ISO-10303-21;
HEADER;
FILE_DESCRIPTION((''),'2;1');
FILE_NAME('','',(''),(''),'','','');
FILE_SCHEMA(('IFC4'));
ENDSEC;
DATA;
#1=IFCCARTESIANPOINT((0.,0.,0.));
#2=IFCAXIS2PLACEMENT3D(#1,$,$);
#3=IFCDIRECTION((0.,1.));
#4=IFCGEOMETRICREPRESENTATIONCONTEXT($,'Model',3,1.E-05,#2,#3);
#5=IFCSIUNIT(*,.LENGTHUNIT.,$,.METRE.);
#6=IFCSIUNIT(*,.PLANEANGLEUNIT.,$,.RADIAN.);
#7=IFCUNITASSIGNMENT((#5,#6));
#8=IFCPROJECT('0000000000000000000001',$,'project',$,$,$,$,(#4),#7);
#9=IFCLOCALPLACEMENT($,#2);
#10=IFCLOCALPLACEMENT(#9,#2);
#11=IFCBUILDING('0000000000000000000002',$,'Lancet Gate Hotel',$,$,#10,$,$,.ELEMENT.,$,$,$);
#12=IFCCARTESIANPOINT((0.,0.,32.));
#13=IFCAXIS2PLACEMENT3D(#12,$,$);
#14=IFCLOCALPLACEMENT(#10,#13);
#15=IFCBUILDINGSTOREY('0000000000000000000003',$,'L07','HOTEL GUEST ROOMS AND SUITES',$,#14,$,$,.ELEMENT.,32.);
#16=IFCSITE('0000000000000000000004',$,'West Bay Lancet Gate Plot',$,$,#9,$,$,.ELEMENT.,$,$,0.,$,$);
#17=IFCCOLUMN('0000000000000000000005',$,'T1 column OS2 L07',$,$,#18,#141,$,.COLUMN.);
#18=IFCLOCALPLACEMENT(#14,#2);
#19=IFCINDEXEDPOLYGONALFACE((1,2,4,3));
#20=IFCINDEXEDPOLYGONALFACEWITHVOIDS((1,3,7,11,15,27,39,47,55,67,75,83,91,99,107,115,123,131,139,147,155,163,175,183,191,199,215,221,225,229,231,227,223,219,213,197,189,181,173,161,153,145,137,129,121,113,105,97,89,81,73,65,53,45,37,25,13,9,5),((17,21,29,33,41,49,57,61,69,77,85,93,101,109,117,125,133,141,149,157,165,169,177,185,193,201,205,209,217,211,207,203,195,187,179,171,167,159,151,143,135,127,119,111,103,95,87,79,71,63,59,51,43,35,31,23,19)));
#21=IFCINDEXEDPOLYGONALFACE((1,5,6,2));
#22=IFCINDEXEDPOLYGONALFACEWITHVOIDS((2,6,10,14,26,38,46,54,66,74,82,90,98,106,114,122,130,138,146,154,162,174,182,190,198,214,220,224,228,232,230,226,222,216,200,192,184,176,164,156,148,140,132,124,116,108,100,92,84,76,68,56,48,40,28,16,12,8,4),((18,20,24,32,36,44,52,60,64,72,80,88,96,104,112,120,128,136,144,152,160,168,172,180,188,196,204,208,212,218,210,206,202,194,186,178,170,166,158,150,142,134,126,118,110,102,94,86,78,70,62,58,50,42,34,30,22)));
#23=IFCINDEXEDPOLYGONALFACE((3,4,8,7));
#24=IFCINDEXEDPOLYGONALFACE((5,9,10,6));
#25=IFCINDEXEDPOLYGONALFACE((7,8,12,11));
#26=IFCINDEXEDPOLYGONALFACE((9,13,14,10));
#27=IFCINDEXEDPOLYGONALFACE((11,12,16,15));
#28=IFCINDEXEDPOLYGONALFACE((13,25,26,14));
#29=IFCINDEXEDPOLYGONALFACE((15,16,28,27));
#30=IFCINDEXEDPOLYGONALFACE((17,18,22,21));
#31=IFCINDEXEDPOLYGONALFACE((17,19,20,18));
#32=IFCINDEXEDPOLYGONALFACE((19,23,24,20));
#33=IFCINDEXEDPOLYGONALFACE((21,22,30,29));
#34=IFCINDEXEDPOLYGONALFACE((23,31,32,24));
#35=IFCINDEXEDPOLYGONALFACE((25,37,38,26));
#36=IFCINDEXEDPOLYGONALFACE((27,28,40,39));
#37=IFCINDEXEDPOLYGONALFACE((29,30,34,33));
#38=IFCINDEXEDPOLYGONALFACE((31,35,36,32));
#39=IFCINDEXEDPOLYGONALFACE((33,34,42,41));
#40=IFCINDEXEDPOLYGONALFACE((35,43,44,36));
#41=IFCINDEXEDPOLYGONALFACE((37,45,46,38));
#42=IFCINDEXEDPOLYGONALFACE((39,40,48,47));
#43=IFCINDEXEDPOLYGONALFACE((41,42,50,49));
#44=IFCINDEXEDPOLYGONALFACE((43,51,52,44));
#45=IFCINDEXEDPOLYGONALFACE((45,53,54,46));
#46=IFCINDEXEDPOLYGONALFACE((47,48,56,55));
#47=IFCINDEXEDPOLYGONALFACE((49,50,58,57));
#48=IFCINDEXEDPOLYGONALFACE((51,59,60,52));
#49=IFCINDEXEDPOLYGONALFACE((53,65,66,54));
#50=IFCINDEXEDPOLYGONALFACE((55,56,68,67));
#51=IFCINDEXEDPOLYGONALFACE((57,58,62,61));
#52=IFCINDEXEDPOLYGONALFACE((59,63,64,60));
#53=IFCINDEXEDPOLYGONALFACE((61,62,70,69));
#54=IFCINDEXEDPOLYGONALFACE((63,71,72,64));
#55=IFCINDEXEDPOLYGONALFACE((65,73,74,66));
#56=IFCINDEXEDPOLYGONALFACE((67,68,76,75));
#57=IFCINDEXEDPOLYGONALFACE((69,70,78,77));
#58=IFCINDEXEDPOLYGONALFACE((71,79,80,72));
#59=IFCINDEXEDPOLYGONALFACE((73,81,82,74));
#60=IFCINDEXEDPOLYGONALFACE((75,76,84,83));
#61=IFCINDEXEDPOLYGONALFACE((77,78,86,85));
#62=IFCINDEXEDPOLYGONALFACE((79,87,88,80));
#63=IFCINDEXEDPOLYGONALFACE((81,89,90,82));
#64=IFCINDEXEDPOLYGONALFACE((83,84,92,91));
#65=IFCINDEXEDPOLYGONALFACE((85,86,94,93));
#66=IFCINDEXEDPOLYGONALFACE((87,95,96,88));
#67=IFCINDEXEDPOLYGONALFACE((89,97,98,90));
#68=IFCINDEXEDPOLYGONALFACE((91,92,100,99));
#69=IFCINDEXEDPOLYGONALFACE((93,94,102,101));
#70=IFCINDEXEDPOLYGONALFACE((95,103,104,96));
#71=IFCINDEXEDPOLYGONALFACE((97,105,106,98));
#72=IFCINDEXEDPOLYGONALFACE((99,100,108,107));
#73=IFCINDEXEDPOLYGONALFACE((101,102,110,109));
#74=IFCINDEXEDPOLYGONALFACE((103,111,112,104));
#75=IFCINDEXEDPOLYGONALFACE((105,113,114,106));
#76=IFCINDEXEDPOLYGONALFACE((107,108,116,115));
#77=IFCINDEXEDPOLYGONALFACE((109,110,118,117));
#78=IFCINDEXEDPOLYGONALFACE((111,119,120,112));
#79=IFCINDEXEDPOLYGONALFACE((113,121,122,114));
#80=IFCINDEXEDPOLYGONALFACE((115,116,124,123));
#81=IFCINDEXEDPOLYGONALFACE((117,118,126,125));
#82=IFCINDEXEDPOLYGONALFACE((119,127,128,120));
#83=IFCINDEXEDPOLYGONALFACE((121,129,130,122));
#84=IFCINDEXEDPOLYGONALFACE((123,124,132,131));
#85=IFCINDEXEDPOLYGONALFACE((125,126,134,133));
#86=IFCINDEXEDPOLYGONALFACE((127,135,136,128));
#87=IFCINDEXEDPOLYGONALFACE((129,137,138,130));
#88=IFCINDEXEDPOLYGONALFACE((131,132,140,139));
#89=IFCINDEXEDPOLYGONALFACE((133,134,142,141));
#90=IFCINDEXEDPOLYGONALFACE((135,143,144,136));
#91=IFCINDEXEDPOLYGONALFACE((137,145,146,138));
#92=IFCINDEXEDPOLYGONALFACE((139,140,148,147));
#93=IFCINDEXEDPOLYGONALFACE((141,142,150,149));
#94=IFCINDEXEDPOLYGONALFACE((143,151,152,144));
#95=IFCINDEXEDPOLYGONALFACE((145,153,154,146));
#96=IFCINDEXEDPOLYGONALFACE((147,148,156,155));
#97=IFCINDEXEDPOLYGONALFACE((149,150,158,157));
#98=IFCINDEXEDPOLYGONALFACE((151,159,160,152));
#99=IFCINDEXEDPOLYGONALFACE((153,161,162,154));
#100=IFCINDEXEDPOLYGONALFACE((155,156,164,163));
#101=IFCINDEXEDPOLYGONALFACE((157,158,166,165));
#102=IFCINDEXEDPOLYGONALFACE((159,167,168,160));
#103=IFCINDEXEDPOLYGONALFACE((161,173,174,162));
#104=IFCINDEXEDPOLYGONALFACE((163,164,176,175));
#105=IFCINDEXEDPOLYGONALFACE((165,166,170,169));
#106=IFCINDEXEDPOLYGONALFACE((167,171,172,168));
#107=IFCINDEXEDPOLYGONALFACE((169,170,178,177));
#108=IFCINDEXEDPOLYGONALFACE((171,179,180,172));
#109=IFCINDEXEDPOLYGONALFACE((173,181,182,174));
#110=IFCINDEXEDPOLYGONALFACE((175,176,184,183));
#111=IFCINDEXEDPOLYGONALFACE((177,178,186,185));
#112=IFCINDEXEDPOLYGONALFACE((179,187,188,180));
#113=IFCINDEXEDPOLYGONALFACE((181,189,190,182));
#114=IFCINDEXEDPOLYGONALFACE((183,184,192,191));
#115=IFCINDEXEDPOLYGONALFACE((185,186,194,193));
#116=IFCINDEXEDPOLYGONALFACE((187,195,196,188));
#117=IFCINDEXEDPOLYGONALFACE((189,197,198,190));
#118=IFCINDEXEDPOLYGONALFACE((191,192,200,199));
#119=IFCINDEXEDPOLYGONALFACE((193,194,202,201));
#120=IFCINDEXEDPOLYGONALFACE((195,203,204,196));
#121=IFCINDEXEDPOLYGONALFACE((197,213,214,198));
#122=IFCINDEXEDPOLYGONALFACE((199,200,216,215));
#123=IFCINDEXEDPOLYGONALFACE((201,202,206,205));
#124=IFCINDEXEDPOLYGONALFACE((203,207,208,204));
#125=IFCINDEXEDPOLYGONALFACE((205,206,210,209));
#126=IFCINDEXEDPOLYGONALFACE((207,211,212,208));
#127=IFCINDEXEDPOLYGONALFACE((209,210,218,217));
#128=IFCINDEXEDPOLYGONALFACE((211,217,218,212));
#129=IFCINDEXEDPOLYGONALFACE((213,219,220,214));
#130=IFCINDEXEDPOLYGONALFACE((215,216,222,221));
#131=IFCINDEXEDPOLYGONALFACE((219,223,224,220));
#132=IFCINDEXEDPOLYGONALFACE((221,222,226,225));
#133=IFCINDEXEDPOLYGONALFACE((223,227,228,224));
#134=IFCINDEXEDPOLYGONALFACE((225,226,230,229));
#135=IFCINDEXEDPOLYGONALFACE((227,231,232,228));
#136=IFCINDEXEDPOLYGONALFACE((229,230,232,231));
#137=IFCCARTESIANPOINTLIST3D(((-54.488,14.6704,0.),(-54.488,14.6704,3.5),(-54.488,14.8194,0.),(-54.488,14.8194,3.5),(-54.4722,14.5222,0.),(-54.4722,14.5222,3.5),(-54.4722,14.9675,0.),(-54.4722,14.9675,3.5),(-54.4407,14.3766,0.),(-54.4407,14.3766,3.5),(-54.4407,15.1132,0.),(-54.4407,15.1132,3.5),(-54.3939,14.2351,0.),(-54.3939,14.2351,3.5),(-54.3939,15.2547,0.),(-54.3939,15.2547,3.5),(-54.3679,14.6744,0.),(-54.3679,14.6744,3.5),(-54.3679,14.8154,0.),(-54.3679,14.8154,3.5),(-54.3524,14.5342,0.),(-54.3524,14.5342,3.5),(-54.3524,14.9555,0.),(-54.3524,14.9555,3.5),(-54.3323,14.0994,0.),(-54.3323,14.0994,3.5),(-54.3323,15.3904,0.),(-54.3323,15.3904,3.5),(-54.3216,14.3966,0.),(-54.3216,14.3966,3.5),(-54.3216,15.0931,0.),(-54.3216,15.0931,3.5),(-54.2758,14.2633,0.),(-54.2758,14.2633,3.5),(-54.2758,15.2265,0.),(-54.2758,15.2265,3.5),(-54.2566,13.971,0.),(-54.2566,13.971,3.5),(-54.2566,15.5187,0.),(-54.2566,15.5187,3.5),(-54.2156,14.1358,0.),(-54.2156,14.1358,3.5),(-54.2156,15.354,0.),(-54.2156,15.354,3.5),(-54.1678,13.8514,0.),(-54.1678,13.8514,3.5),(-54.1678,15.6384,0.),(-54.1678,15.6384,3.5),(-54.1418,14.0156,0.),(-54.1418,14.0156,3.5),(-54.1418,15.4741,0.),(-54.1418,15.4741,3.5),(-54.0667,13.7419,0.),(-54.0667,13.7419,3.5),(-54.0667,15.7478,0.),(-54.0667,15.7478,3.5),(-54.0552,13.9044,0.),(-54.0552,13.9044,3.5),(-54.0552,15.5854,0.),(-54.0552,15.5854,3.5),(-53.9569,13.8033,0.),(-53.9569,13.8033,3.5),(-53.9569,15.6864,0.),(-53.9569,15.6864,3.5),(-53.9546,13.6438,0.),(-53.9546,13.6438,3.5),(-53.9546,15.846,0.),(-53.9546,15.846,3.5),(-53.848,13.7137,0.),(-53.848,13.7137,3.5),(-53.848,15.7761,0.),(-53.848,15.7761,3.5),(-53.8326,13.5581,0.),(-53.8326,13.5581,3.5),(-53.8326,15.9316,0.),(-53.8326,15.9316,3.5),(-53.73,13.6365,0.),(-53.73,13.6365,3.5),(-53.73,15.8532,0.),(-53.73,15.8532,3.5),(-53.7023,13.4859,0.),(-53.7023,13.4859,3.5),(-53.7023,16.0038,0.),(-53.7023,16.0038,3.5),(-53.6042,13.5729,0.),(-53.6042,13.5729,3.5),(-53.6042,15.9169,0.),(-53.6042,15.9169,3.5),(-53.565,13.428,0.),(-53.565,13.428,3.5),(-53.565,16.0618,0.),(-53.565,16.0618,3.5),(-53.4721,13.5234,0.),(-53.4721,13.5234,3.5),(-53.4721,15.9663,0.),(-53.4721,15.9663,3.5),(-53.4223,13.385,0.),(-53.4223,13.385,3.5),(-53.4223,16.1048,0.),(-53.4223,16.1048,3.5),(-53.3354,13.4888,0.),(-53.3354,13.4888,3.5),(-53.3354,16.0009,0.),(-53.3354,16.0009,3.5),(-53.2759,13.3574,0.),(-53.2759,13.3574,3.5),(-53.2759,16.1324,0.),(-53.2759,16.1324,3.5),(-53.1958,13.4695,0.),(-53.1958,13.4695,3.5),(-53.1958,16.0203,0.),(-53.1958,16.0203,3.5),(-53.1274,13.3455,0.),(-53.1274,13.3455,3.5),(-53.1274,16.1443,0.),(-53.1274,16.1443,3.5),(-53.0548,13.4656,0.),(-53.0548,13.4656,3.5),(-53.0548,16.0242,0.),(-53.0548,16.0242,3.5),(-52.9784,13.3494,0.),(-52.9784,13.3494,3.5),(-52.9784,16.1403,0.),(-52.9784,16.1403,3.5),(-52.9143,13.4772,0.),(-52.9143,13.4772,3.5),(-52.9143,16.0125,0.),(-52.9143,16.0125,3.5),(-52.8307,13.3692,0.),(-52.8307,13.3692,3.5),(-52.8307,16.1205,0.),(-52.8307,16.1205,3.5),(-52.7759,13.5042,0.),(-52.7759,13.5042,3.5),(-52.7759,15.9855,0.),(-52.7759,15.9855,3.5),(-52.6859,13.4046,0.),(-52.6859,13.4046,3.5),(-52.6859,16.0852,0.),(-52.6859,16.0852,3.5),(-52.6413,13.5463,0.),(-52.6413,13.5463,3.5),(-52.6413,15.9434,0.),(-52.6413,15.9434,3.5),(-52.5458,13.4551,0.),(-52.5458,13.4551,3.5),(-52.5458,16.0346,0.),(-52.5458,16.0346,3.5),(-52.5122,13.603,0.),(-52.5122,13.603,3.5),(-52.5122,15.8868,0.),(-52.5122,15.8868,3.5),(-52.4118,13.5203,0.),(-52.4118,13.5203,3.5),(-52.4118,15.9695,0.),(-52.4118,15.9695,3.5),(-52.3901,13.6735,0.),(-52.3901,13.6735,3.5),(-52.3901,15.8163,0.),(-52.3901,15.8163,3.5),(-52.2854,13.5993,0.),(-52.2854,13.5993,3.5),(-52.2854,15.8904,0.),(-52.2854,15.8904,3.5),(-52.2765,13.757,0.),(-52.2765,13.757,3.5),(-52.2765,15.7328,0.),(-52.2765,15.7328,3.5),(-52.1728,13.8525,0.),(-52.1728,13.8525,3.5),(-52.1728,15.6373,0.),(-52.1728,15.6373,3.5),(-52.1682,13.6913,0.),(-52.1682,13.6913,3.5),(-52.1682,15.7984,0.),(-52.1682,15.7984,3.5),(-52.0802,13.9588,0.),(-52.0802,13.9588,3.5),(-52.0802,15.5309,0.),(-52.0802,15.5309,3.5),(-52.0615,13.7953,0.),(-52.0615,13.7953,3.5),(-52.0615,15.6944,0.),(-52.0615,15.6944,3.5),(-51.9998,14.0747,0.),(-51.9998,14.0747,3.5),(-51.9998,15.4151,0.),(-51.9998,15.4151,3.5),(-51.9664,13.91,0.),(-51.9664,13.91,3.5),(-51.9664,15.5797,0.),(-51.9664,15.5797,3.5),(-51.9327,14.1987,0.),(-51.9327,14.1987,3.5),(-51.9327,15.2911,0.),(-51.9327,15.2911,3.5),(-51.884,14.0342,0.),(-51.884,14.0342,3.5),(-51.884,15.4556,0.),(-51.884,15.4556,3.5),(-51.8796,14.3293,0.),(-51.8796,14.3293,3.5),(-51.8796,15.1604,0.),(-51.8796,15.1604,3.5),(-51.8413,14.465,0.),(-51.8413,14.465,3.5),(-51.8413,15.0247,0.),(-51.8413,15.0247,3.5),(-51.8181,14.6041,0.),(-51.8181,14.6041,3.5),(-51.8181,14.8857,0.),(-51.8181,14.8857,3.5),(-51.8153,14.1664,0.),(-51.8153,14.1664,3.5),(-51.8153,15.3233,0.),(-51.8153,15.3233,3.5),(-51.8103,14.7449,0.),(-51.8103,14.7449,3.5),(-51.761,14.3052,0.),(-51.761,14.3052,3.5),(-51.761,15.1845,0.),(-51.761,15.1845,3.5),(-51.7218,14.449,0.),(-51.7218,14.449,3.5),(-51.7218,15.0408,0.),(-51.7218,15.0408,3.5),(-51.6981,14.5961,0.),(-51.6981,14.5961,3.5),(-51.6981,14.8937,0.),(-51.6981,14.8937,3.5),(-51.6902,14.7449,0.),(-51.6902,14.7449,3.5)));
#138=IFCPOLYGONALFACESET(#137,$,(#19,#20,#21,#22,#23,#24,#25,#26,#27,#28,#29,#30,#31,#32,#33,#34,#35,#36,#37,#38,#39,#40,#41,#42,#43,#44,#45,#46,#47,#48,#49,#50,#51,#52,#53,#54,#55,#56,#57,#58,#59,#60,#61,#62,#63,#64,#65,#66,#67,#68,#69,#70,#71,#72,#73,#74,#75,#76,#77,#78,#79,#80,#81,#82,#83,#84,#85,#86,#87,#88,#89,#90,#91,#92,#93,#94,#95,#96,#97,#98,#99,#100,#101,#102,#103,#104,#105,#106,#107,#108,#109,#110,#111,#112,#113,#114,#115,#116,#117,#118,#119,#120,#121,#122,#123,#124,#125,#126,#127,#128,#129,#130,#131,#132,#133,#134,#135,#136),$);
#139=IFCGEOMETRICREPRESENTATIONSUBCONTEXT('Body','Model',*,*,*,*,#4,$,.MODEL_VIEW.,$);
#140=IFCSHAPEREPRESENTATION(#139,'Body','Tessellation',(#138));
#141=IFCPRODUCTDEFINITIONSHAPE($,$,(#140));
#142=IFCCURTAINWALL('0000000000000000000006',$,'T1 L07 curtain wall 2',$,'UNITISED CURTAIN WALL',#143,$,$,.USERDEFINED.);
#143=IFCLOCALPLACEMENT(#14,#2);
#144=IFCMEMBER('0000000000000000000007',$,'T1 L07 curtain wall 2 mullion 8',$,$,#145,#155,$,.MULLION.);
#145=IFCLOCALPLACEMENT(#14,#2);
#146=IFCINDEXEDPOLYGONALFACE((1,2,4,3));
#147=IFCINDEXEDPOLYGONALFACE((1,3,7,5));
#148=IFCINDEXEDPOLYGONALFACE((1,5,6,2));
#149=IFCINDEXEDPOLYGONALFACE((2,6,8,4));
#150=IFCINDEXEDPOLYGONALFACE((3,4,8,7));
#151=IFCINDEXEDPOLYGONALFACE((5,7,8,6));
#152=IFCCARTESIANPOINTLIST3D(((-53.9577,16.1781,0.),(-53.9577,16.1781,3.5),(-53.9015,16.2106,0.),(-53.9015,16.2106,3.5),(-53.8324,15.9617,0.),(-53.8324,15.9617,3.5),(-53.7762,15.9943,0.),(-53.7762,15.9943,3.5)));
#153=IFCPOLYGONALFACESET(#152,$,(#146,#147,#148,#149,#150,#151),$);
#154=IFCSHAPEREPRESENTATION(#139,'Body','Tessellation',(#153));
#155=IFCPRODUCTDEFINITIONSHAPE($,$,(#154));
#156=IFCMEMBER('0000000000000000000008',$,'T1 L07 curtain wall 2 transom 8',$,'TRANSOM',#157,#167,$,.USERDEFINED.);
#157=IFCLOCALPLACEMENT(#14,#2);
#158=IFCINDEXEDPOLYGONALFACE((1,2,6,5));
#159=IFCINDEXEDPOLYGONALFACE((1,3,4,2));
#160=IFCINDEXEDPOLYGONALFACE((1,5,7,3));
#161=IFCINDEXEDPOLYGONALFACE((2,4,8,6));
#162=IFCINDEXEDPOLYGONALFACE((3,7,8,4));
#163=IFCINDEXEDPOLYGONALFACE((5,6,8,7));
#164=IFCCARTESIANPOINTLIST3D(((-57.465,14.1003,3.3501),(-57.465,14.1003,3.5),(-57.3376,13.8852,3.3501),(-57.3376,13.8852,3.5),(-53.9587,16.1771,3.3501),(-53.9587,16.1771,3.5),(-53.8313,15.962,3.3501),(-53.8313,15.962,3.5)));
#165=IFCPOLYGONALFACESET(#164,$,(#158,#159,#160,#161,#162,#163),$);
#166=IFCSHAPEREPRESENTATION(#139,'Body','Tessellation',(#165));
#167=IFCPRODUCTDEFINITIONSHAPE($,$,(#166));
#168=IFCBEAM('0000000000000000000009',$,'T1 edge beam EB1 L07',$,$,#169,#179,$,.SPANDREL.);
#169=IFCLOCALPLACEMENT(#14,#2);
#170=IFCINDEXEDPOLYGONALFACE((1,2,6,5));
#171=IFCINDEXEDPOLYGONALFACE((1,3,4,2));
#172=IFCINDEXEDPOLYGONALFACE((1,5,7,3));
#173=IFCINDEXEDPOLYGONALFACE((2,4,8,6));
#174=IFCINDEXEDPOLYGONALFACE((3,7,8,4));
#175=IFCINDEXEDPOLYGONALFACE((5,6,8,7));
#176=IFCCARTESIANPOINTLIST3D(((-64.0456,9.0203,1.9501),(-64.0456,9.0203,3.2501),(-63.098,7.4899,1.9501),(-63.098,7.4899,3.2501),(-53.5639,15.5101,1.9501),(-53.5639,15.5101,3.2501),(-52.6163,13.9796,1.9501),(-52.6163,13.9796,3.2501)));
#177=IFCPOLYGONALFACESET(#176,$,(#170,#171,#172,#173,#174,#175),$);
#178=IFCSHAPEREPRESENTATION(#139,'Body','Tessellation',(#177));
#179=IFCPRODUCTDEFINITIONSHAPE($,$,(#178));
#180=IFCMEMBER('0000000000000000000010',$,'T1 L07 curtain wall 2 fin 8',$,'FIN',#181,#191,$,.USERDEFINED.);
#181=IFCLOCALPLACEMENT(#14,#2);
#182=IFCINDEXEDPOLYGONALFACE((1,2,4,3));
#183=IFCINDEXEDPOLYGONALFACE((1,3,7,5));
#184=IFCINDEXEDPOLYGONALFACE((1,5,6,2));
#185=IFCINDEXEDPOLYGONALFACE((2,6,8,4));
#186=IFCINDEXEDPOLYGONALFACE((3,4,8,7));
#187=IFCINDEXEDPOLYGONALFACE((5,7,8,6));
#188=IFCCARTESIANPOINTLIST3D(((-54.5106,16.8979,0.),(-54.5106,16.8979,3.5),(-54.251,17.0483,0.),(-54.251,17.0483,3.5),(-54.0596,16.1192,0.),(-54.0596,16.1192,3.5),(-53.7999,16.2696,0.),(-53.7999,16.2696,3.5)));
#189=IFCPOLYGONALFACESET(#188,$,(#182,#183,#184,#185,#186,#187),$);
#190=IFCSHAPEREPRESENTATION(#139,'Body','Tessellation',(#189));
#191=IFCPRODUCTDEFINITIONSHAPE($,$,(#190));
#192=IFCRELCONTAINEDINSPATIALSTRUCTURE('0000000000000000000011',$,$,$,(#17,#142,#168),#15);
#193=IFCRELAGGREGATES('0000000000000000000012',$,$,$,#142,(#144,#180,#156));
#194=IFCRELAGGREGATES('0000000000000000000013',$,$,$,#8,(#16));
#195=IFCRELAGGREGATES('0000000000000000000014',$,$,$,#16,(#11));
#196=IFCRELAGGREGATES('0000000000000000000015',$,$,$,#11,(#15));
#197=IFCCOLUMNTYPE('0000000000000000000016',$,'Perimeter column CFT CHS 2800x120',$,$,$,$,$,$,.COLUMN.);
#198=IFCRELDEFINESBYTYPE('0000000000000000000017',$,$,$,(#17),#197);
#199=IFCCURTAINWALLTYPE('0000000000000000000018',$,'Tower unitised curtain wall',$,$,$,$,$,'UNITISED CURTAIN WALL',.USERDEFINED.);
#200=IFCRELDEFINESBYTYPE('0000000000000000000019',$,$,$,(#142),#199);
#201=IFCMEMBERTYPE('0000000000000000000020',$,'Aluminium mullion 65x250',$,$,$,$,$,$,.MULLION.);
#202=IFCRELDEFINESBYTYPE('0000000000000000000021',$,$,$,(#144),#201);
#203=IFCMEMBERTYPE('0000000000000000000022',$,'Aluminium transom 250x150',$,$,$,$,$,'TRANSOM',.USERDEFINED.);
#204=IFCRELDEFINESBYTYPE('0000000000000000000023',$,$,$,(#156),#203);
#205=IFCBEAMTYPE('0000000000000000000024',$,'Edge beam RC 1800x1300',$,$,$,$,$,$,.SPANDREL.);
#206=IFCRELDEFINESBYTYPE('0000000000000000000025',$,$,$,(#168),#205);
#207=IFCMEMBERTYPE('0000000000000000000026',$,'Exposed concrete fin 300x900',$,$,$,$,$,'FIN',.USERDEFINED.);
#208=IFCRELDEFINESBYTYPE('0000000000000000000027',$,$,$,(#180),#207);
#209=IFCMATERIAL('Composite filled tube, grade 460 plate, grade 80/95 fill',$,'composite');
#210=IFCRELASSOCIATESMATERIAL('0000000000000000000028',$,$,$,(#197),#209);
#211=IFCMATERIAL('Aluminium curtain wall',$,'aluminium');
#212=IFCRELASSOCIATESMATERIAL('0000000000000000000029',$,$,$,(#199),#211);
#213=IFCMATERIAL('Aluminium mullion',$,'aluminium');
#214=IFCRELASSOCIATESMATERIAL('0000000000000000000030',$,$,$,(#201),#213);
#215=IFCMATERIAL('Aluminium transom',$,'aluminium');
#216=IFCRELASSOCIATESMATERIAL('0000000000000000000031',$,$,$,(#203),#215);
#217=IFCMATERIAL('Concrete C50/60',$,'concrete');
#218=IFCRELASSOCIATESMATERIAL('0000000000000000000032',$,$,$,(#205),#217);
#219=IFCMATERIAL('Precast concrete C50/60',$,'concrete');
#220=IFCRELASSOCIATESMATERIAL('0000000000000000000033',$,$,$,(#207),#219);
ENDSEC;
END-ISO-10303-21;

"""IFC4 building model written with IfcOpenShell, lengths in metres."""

from ifc_helpers import new_model, si_unit, direction, frame, origin, origin_2d, place, context, subcontext, project, spatial, rectangle, hollow_circle, extrude, material, material_profile, profile_set, type_object, element, aggregate, save


model = new_model("IFC4")

# Units and contexts
model_context = context("Model", 3, precision=1e-05, world=origin(), true_north=direction((0.0, 1.0)))
body_context = subcontext(model_context, "Body", "Model", "MODEL_VIEW")
ifc_project = project(units=[si_unit("LENGTHUNIT", "METRE"), si_unit("PLANEANGLEUNIT", "RADIAN")], contexts=[model_context])

# Site, building, storey
site_placement = place(None, origin())
site = spatial("IfcSite", under=ifc_project, at=site_placement, Name="West Bay Lancet Gate Plot", CompositionType="ELEMENT", RefElevation=0.0)
building_placement = place(site_placement, origin())
building = spatial("IfcBuilding", under=site, at=building_placement, Name="Lancet Gate Hotel", CompositionType="ELEMENT")
storey_placement = place(building_placement, frame((0.0, 0.0, 32.0)))
storey = spatial("IfcBuildingStorey", under=building, at=storey_placement, Name="L07", Description="HOTEL GUEST ROOMS AND SUITES", CompositionType="ELEMENT", Elevation=32.0)

# Column
ifc_material_1 = material(Name="Composite filled tube, grade 460 plate, grade 80/95 fill", Category="composite")
ifc_material_profile_1 = material_profile(ifc_material_1, hollow_circle(Radius=1.3999, WallThickness=0.1201, at=origin_2d()), Name="CHS 2800x120")
ifc_profile_set_1 = profile_set([ifc_material_profile_1], Name="Composite filled tube, grade 460 plate, grade 80/95 fill")
column_type = type_object("IfcColumnType", Name="Perimeter column CFT CHS 2800x120", PredefinedType="COLUMN", material=ifc_profile_set_1)
column_placement = place(storey_placement, frame((-53.0901, 14.7449, 0.0), z_axis=(0.0, 0.0, 1.0), x_axis=(1.0, 0.0, 0.0)))
element("IfcColumn", 1, at=column_placement, inside=storey, type_object=column_type, Name="T1 column OS2 L07", PredefinedType="COLUMN", context=body_context, shape_type="SweptSolid", body=[
    extrude(hollow_circle(Radius=1.3999, WallThickness=0.1201, at=origin_2d()), origin(), (0.0, 0.0, 1.0), 3.5),
])

# Curtain wall, members
ifc_material_2 = material(Name="Aluminium curtain wall", Category="aluminium")
curtain_wall_type = type_object("IfcCurtainWallType", Name="Tower unitised curtain wall", ElementType="UNITISED CURTAIN WALL", PredefinedType="USERDEFINED", material=ifc_material_2)
curtain_wall_placement = place(storey_placement, origin())
curtain_wall = element("IfcCurtainWall", 2, at=curtain_wall_placement, inside=storey, type_object=curtain_wall_type, Name="T1 L07 curtain wall 2", ObjectType="UNITISED CURTAIN WALL", PredefinedType="USERDEFINED")
ifc_material_3 = material(Name="Aluminium mullion", Category="aluminium")
ifc_material_profile_2 = material_profile(ifc_material_3, rectangle(XDim=0.0649, YDim=0.25, at=origin_2d()), Name="MULLION 65x250")
ifc_profile_set_2 = profile_set([ifc_material_profile_2], Name="Aluminium mullion")
member_type_1 = type_object("IfcMemberType", Name="Aluminium mullion 65x250", PredefinedType="MULLION", material=ifc_profile_set_2)
member_1_placement = place(storey_placement, frame((-53.8669, 16.0862, 0.0), z_axis=(0.0, 0.0, 1.0), x_axis=(-0.865335, -0.501194, 0.0)))
member_1 = element("IfcMember", 3, at=member_1_placement, type_object=member_type_1, Name="T1 L07 curtain wall 2 mullion 8", PredefinedType="MULLION", context=body_context, shape_type="SweptSolid", body=[
    extrude(rectangle(XDim=0.0649, YDim=0.25, at=origin_2d()), origin(), (0.0, 0.0, 1.0), 3.5),
])
ifc_material_4 = material(Name="Aluminium transom", Category="aluminium")
ifc_material_profile_3 = material_profile(ifc_material_4, rectangle(XDim=0.25, YDim=0.1499, at=origin_2d()), Name="TRANSOM 250x150")
ifc_profile_set_3 = profile_set([ifc_material_profile_3], Name="Aluminium transom")
member_type_2 = type_object("IfcMemberType", Name="Aluminium transom 250x150", ElementType="TRANSOM", PredefinedType="USERDEFINED", material=ifc_profile_set_3)
member_2_placement = place(storey_placement, frame((-53.895, 16.0696, 3.425), z_axis=(-0.860392, -0.509633, 0.0), x_axis=(0.509633, -0.860392, 0.0)))
member_2 = element("IfcMember", 4, at=member_2_placement, type_object=member_type_2, Name="T1 L07 curtain wall 2 transom 8", ObjectType="TRANSOM", PredefinedType="USERDEFINED", context=body_context, shape_type="SweptSolid", body=[
    extrude(rectangle(XDim=0.25, YDim=0.1499, at=origin_2d()), origin(), (0.0, 0.0, 1.0), 4.0752),
])

# Beam
ifc_material_5 = material(Name="Concrete C50/60", Category="concrete")
ifc_material_profile_4 = material_profile(ifc_material_5, rectangle(XDim=1.8, YDim=1.3, at=origin_2d()), Name="RC 1800x1300")
ifc_profile_set_4 = profile_set([ifc_material_profile_4], Name="Concrete C50/60")
beam_type_1 = type_object("IfcBeamType", Name="Edge beam RC 1800x1300", PredefinedType="SPANDREL", material=ifc_profile_set_4)
beam_1_placement = place(storey_placement, frame((-53.0901, 14.7449, 2.6001), z_axis=(-0.850226, -0.526418, 0.0), x_axis=(0.526418, -0.850226, 0.0)))
element("IfcBeam", 5, at=beam_1_placement, inside=storey, type_object=beam_type_1, Name="T1 edge beam EB1 L07", PredefinedType="SPANDREL", context=body_context, shape_type="SweptSolid", body=[
    extrude(rectangle(XDim=1.8, YDim=1.3, at=origin_2d()), origin(), (0.0, 0.0, 1.0), 12.3281),
])

# Member
ifc_material_6 = material(Name="Precast concrete C50/60", Category="concrete")
ifc_material_profile_5 = material_profile(ifc_material_6, rectangle(XDim=0.3, YDim=0.8999, at=origin_2d()), Name="FIN 300x900")
ifc_profile_set_5 = profile_set([ifc_material_profile_5], Name="Precast concrete C50/60")
member_type_3 = type_object("IfcMemberType", Name="Exposed concrete fin 300x900", ElementType="FIN", PredefinedType="USERDEFINED", material=ifc_profile_set_5)
member_3_placement = place(storey_placement, frame((-54.1553, 16.5837, 0.0), z_axis=(0.0, 0.0, 1.0), x_axis=(-0.865335, -0.501194, 0.0)))
member_3 = element("IfcMember", 6, at=member_3_placement, type_object=member_type_3, Name="T1 L07 curtain wall 2 fin 8", ObjectType="FIN", PredefinedType="USERDEFINED", context=body_context, shape_type="SweptSolid", body=[
    extrude(rectangle(XDim=0.3, YDim=0.8999, at=origin_2d()), origin(), (0.0, 0.0, 1.0), 3.5),
])
aggregate(curtain_wall, [member_1, member_3, member_2])

save(model, "model.ifc")
